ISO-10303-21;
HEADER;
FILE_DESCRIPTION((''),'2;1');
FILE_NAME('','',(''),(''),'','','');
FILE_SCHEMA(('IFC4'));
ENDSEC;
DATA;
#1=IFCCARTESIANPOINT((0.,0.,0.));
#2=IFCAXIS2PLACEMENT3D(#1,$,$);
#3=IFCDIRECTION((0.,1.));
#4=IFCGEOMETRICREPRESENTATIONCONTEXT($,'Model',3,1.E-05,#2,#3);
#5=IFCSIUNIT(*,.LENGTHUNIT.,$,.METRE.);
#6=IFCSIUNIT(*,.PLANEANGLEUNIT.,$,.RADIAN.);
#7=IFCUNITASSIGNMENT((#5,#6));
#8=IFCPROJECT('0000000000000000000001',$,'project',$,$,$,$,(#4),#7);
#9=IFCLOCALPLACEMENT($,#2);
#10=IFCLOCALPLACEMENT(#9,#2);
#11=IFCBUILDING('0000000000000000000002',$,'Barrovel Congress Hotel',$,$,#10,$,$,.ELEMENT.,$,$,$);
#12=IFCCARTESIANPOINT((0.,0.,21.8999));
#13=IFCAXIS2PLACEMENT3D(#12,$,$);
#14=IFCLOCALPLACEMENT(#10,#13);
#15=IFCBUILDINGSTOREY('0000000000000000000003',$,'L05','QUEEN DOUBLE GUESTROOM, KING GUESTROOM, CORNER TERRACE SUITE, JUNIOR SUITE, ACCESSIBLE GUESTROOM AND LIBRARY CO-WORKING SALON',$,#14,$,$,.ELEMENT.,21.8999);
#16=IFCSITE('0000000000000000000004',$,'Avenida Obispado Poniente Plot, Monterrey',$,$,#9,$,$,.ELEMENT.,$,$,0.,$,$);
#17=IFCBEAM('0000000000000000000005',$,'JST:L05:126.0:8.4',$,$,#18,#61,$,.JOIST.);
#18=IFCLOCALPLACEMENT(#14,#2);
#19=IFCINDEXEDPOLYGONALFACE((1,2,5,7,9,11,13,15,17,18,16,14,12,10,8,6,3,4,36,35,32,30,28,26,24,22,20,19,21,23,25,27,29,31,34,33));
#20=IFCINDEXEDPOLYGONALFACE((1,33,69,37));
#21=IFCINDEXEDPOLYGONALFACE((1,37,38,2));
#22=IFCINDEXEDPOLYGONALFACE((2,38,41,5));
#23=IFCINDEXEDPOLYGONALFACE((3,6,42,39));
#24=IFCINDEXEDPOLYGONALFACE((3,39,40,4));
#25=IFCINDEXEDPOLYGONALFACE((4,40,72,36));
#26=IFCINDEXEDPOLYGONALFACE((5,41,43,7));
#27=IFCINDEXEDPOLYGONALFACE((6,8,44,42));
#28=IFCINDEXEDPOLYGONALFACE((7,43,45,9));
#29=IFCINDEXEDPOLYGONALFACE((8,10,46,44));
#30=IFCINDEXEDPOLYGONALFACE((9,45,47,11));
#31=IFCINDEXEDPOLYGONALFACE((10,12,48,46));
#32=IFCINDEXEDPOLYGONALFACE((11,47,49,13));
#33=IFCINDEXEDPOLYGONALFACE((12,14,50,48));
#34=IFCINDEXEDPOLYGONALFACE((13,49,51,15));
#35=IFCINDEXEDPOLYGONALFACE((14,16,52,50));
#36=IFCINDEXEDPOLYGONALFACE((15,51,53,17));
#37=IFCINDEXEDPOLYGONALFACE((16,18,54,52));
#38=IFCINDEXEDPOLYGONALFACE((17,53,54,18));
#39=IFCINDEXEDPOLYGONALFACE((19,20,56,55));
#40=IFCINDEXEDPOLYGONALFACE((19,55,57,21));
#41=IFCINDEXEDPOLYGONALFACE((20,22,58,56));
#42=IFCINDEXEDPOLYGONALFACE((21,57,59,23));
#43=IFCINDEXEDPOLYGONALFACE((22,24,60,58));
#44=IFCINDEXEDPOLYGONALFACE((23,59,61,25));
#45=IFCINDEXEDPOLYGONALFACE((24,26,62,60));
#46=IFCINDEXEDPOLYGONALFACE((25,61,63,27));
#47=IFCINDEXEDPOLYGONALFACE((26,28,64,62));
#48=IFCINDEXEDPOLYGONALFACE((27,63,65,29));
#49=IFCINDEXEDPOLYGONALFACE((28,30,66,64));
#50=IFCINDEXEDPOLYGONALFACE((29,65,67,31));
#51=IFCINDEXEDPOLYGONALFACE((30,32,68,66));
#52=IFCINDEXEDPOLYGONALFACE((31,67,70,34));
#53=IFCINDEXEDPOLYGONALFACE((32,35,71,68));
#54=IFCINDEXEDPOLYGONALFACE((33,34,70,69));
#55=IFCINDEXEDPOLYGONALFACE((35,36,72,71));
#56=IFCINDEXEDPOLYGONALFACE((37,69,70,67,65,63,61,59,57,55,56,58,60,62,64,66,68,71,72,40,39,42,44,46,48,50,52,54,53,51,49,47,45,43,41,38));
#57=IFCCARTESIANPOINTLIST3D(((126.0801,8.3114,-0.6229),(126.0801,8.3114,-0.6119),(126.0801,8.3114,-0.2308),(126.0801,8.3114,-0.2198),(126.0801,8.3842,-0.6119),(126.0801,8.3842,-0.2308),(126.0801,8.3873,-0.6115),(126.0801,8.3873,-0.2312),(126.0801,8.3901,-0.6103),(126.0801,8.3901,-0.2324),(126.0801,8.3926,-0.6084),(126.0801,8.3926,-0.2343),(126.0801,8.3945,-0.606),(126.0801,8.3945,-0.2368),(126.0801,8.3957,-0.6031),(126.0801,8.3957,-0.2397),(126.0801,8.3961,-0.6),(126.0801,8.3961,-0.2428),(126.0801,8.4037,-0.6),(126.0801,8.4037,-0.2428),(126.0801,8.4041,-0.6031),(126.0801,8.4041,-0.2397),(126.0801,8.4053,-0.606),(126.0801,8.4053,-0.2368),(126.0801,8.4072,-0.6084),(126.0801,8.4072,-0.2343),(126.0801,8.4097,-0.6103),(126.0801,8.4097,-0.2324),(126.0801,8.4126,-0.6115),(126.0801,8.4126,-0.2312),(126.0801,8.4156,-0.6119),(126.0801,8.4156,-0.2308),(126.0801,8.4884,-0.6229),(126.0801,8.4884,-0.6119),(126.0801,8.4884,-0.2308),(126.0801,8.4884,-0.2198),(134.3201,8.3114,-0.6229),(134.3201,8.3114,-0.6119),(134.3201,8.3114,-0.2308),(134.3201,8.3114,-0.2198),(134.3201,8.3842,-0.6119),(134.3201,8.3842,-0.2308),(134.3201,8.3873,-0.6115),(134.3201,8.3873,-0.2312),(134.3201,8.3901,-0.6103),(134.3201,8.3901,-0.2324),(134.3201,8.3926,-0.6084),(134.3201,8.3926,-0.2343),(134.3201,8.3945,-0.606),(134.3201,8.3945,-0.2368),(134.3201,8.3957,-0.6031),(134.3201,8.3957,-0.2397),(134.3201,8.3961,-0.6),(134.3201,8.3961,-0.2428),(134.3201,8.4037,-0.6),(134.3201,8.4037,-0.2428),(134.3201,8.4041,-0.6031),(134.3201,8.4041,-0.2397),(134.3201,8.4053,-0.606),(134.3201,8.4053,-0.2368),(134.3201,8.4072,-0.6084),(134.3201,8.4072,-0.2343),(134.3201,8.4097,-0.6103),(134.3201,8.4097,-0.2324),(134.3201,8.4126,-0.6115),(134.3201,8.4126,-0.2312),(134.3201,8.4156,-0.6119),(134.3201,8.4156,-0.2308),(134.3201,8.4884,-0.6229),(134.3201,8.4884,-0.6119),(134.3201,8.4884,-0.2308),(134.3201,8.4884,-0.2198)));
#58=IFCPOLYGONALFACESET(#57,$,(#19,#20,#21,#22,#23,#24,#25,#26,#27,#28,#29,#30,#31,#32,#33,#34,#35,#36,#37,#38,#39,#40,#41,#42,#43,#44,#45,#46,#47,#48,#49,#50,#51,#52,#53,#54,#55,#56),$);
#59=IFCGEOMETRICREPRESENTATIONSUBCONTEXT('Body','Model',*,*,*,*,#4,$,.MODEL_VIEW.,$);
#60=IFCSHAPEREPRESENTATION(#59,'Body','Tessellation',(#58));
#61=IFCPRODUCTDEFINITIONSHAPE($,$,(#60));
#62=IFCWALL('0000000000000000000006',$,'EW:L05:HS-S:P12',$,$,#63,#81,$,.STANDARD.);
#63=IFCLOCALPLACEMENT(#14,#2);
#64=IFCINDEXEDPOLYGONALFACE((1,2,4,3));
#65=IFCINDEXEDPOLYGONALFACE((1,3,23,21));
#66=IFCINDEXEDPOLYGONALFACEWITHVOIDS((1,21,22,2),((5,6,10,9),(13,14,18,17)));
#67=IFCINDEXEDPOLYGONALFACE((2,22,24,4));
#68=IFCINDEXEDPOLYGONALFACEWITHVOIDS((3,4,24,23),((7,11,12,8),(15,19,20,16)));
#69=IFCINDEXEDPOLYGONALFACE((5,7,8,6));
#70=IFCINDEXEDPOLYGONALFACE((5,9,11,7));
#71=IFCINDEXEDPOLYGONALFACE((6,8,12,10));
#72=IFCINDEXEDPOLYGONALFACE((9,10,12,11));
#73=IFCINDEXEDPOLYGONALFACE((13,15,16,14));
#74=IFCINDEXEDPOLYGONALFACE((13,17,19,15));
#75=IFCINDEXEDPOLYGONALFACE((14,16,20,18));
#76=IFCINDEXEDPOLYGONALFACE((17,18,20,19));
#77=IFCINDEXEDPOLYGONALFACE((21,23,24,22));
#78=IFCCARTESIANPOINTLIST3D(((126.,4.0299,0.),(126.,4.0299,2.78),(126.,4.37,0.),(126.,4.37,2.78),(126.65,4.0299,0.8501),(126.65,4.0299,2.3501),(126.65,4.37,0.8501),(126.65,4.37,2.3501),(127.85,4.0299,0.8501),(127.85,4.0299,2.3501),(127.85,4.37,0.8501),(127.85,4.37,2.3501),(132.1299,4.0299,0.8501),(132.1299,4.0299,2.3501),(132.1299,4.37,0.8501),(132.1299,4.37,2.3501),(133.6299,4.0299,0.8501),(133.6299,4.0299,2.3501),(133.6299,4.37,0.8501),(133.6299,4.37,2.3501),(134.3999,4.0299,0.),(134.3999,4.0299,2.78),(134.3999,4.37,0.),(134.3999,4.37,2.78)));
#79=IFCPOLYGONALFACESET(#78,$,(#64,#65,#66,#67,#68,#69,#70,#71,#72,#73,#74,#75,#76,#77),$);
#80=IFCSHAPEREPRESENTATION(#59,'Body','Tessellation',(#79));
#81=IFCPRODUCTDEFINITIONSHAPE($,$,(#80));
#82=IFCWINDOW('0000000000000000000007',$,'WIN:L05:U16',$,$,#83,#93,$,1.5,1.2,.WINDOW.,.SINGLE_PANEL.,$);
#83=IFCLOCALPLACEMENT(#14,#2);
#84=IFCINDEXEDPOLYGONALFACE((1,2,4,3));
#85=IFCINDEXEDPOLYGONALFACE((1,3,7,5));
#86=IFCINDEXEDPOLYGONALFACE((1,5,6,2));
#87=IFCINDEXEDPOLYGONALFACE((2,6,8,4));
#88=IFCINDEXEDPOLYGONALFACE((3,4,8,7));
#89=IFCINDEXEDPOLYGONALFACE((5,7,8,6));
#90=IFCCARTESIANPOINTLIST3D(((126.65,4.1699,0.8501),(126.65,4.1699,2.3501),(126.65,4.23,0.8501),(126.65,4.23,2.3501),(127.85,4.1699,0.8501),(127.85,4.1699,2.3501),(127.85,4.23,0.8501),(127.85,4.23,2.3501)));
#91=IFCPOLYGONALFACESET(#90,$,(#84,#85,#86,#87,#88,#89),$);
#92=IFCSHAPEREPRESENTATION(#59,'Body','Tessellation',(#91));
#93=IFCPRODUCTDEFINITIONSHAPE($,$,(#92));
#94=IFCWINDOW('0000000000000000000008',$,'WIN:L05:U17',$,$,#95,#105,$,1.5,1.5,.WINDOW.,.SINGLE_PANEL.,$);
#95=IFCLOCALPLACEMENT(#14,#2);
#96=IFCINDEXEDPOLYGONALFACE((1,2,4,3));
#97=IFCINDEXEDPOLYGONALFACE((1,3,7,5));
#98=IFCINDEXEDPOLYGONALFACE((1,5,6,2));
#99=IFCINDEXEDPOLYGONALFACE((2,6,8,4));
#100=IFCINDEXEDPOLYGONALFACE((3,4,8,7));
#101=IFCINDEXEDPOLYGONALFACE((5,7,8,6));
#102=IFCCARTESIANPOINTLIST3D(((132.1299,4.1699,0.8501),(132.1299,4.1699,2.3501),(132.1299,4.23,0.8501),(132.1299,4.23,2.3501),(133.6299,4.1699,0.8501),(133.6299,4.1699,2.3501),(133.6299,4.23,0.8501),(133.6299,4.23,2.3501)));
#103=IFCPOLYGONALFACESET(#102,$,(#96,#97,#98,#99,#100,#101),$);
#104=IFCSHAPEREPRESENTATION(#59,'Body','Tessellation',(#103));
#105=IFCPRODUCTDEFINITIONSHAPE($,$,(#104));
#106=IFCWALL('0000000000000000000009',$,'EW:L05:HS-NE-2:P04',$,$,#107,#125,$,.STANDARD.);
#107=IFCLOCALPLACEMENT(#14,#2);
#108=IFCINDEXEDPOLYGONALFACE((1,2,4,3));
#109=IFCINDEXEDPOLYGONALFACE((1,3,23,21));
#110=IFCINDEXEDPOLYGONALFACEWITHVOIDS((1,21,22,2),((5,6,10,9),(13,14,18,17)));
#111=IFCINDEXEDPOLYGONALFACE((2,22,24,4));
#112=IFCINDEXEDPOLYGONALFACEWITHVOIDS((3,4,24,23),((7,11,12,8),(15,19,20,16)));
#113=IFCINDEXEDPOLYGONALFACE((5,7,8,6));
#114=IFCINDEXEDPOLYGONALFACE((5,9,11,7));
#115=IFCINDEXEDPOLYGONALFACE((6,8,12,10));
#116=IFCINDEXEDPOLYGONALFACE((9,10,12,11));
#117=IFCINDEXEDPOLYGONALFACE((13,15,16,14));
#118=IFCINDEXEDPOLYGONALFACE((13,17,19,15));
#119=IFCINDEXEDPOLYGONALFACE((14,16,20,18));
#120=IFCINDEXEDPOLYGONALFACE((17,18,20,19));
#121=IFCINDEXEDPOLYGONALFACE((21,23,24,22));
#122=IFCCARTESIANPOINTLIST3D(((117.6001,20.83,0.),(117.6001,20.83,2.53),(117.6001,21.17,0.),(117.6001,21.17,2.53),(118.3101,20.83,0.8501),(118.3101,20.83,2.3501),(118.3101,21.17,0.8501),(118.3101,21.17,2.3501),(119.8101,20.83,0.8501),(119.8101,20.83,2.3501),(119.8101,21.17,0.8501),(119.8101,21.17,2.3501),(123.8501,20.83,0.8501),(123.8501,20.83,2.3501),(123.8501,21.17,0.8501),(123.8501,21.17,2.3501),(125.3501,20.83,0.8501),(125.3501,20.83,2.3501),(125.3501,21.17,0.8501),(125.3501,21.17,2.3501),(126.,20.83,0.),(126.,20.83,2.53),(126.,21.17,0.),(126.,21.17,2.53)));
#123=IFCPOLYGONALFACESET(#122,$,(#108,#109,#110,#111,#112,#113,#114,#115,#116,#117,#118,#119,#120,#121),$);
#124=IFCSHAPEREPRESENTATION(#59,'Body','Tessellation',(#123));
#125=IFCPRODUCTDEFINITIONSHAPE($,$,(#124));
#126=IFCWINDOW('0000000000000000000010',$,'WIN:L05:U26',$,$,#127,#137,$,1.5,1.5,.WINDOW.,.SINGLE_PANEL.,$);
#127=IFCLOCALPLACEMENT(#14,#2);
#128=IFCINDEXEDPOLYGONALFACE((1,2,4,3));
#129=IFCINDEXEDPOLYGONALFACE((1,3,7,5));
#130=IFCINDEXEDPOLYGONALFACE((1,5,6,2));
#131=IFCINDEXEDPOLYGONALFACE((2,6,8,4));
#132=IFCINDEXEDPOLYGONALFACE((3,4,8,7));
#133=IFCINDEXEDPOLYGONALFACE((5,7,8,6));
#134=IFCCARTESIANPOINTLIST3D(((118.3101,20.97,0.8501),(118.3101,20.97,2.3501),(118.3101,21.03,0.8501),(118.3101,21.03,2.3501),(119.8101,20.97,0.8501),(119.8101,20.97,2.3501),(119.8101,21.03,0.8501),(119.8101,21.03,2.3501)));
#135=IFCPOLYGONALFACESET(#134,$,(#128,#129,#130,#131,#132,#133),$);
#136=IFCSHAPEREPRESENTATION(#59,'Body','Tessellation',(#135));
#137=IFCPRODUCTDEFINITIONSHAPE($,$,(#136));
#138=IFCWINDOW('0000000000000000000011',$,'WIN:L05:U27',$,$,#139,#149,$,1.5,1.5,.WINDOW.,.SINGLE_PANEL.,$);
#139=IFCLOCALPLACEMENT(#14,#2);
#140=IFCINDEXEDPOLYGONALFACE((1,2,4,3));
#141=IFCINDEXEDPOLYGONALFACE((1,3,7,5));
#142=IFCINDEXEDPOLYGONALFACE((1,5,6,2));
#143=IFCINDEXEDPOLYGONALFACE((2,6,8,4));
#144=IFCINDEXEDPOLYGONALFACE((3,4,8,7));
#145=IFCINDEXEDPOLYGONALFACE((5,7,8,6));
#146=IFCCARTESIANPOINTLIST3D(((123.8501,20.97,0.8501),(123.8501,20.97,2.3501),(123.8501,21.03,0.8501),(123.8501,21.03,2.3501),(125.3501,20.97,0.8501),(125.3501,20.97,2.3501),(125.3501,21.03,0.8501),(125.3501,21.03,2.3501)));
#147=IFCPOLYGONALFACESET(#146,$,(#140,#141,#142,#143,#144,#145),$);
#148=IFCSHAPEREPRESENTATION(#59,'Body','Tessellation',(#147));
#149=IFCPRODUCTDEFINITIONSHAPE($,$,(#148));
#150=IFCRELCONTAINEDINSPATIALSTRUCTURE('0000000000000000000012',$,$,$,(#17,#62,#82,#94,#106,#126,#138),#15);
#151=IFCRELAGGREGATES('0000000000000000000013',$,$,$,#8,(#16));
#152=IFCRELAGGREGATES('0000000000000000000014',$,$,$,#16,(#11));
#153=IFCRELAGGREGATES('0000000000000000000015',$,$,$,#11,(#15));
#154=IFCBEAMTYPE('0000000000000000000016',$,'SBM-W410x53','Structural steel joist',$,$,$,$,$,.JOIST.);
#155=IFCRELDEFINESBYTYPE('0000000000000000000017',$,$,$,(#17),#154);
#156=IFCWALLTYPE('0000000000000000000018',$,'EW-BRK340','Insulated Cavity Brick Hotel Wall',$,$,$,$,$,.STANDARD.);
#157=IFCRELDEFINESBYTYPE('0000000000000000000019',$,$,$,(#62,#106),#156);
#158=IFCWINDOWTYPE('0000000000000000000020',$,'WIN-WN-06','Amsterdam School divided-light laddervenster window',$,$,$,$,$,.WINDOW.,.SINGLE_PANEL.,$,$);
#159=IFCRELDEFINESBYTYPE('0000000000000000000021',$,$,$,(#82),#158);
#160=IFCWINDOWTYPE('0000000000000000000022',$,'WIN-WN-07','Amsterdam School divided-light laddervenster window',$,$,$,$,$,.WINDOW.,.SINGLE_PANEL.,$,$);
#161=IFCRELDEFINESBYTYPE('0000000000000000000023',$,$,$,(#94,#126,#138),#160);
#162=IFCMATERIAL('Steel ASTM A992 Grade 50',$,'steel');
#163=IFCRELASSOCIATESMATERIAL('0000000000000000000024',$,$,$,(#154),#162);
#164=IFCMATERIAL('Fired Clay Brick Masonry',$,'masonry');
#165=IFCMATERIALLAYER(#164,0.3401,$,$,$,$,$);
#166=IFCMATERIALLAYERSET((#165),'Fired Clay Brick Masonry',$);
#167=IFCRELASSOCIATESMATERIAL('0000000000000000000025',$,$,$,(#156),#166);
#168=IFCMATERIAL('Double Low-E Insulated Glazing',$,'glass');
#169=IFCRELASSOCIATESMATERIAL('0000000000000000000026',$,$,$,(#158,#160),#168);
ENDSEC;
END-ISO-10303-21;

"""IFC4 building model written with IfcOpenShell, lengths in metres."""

from ifc_helpers import new_model, si_unit, direction, frame, frame_2d, origin, origin_2d, place, context, subcontext, project, spatial, rectangle, i_section, extrude, material, layer, layer_set, material_profile, profile_set, type_object, element, fill, save


model = new_model("IFC4")

# Units and contexts
model_context = context("Model", 3, precision=1e-05, world=origin(), true_north=direction((0.0, 1.0)))
body_context = subcontext(model_context, "Body", "Model", "MODEL_VIEW")
ifc_project = project(units=[si_unit("LENGTHUNIT", "METRE"), si_unit("PLANEANGLEUNIT", "RADIAN")], contexts=[model_context])

# Site, building, storey
site_placement = place(None, origin())
site = spatial("IfcSite", under=ifc_project, at=site_placement, Name="Avenida Obispado Poniente Plot, Monterrey", CompositionType="ELEMENT", RefElevation=0.0)
building_placement = place(site_placement, origin())
building = spatial("IfcBuilding", under=site, at=building_placement, Name="Barrovel Congress Hotel", CompositionType="ELEMENT")
storey_placement = place(building_placement, frame((0.0, 0.0, 21.8999)))
storey = spatial("IfcBuildingStorey", under=building, at=storey_placement, Name="L05", Description="QUEEN DOUBLE GUESTROOM, KING GUESTROOM, CORNER TERRACE SUITE, JUNIOR SUITE, ACCESSIBLE GUESTROOM AND LIBRARY CO-WORKING SALON", CompositionType="ELEMENT", Elevation=21.8999)

# Beam
ifc_material_1 = material(Name="Steel ASTM A992 Grade 50", Category="steel")
ifc_material_profile_1 = material_profile(ifc_material_1, i_section(OverallWidth=0.177, OverallDepth=0.4031, WebThickness=0.0076, FlangeThickness=0.011, FilletRadius=0.012, at=origin_2d()), Name="W410x53")
ifc_profile_set_1 = profile_set([ifc_material_profile_1], Name="Steel ASTM A992 Grade 50")
beam_type_1 = type_object("IfcBeamType", Name="SBM-W410x53", Description="Structural steel joist", PredefinedType="JOIST", material=ifc_profile_set_1)
beam_1_placement = place(storey_placement, frame((126.0801, 8.3999, -0.4214), z_axis=(1.0, 0.0, 0.0), x_axis=(0.0, 1.0, 0.0)))
element("IfcBeam", 1, at=beam_1_placement, inside=storey, type_object=beam_type_1, Name="JST:L05:126.0:8.4", PredefinedType="JOIST", context=body_context, shape_type="SweptSolid", body=[
    extrude(i_section(OverallWidth=0.177, OverallDepth=0.4031, WebThickness=0.0076, FlangeThickness=0.011, FilletRadius=0.012, at=origin_2d()), origin(), (0.0, 0.0, 1.0), 8.24),
])

# Walls, openings, windows
ifc_material_2 = material(Name="Fired Clay Brick Masonry", Category="masonry")
ifc_layer_1 = layer(ifc_material_2, 0.3401)
ifc_layer_set_1 = layer_set([ifc_layer_1], Name="Fired Clay Brick Masonry")
wall_type_1 = type_object("IfcWallType", Name="EW-BRK340", Description="Insulated Cavity Brick Hotel Wall", PredefinedType="STANDARD", material=ifc_layer_set_1)
wall_1_placement = place(storey_placement, frame((126.0, 4.2, 0.0), z_axis=(0.0, 0.0, 1.0), x_axis=(1.0, 0.0, 0.0)))
wall_1 = element("IfcWall", 2, at=wall_1_placement, inside=storey, type_object=wall_type_1, Name="EW:L05:HS-S:P12", PredefinedType="STANDARD", context=body_context, shape_type="SweptSolid", body=[
    extrude(rectangle(XDim=8.3999, YDim=0.3401, at=frame_2d((4.2, 0.0))), origin(), (0.0, 0.0, 1.0), 2.78),
])
opening_1_placement = place(wall_1_placement, frame((0.6499, 0.0, 0.8501)))
opening_1 = element("IfcOpeningElement", 3, at=opening_1_placement, cuts=wall_1, PredefinedType="OPENING", context=body_context, shape_type="SweptSolid", body=[
    extrude(rectangle(XDim=1.2, YDim=1.5, at=frame_2d((0.6001, 0.75))), frame((0.0, 0.1802, 0.0), z_axis=(0.0, -1.0, 0.0), x_axis=(1.0, 0.0, 0.0)), (0.0, 0.0, 1.0), 0.3601),
])
opening_2_placement = place(wall_1_placement, frame((6.1299, 0.0, 0.8501)))
opening_2 = element("IfcOpeningElement", 4, at=opening_2_placement, cuts=wall_1, PredefinedType="OPENING", context=body_context, shape_type="SweptSolid", body=[
    extrude(rectangle(XDim=1.5, YDim=1.5, at=frame_2d((0.75, 0.75))), frame((0.0, 0.1802, 0.0), z_axis=(0.0, -1.0, 0.0), x_axis=(1.0, 0.0, 0.0)), (0.0, 0.0, 1.0), 0.3601),
])
ifc_material_3 = material(Name="Double Low-E Insulated Glazing", Category="glass")
window_type_1 = type_object("IfcWindowType", Name="WIN-WN-06", Description="Amsterdam School divided-light laddervenster window", PartitioningType="SINGLE_PANEL", PredefinedType="WINDOW", material=ifc_material_3)
window_1_placement = place(opening_1_placement, origin())
window_1 = element("IfcWindow", 5, at=window_1_placement, inside=storey, type_object=window_type_1, Name="WIN:L05:U16", OverallHeight=1.5, OverallWidth=1.2, PartitioningType="SINGLE_PANEL", PredefinedType="WINDOW", context=body_context, shape_type="SweptSolid", body=[
    extrude(rectangle(XDim=1.2, YDim=1.5, at=frame_2d((0.6001, 0.75))), frame((0.0, 0.03, 0.0), z_axis=(0.0, -1.0, 0.0), x_axis=(1.0, 0.0, 0.0)), (0.0, 0.0, 1.0), 0.0601),
])
fill(opening_1, window_1)
window_type_2 = type_object("IfcWindowType", Name="WIN-WN-07", Description="Amsterdam School divided-light laddervenster window", PartitioningType="SINGLE_PANEL", PredefinedType="WINDOW", material=ifc_material_3)
window_2_placement = place(opening_2_placement, origin())
window_2 = element("IfcWindow", 6, at=window_2_placement, inside=storey, type_object=window_type_2, Name="WIN:L05:U17", OverallHeight=1.5, OverallWidth=1.5, PartitioningType="SINGLE_PANEL", PredefinedType="WINDOW", context=body_context, shape_type="SweptSolid", body=[
    extrude(rectangle(XDim=1.5, YDim=1.5, at=frame_2d((0.75, 0.75))), frame((0.0, 0.03, 0.0), z_axis=(0.0, -1.0, 0.0), x_axis=(1.0, 0.0, 0.0)), (0.0, 0.0, 1.0), 0.0601),
])
fill(opening_2, window_2)
wall_2_placement = place(storey_placement, frame((126.0, 21.0, 0.0), z_axis=(0.0, 0.0, 1.0), x_axis=(-1.0, 0.0, 0.0)))
wall_2 = element("IfcWall", 7, at=wall_2_placement, inside=storey, type_object=wall_type_1, Name="EW:L05:HS-NE-2:P04", PredefinedType="STANDARD", context=body_context, shape_type="SweptSolid", body=[
    extrude(rectangle(XDim=8.3999, YDim=0.3401, at=frame_2d((4.2, 0.0))), origin(), (0.0, 0.0, 1.0), 2.53),
])
opening_3_placement = place(wall_2_placement, frame((6.1899, 0.0, 0.8501)))
opening_3 = element("IfcOpeningElement", 8, at=opening_3_placement, cuts=wall_2, PredefinedType="OPENING", context=body_context, shape_type="SweptSolid", body=[
    extrude(rectangle(XDim=1.5, YDim=1.5, at=frame_2d((0.75, 0.75))), frame((0.0, 0.1802, 0.0), z_axis=(0.0, -1.0, 0.0), x_axis=(1.0, 0.0, 0.0)), (0.0, 0.0, 1.0), 0.3601),
])
opening_4_placement = place(wall_2_placement, frame((0.6499, 0.0, 0.8501)))
opening_4 = element("IfcOpeningElement", 9, at=opening_4_placement, cuts=wall_2, PredefinedType="OPENING", context=body_context, shape_type="SweptSolid", body=[
    extrude(rectangle(XDim=1.5, YDim=1.5, at=frame_2d((0.75, 0.75))), frame((0.0, 0.1802, 0.0), z_axis=(0.0, -1.0, 0.0), x_axis=(1.0, 0.0, 0.0)), (0.0, 0.0, 1.0), 0.3601),
])
window_3_placement = place(opening_3_placement, origin())
window_3 = element("IfcWindow", 10, at=window_3_placement, inside=storey, type_object=window_type_2, Name="WIN:L05:U26", OverallHeight=1.5, OverallWidth=1.5, PartitioningType="SINGLE_PANEL", PredefinedType="WINDOW", context=body_context, shape_type="SweptSolid", body=[
    extrude(rectangle(XDim=1.5, YDim=1.5, at=frame_2d((0.75, 0.75))), frame((0.0, 0.03, 0.0), z_axis=(0.0, -1.0, 0.0), x_axis=(1.0, 0.0, 0.0)), (0.0, 0.0, 1.0), 0.0601),
])
fill(opening_3, window_3)
window_4_placement = place(opening_4_placement, origin())
window_4 = element("IfcWindow", 11, at=window_4_placement, inside=storey, type_object=window_type_2, Name="WIN:L05:U27", OverallHeight=1.5, OverallWidth=1.5, PartitioningType="SINGLE_PANEL", PredefinedType="WINDOW", context=body_context, shape_type="SweptSolid", body=[
    extrude(rectangle(XDim=1.5, YDim=1.5, at=frame_2d((0.75, 0.75))), frame((0.0, 0.03, 0.0), z_axis=(0.0, -1.0, 0.0), x_axis=(1.0, 0.0, 0.0)), (0.0, 0.0, 1.0), 0.0601),
])
fill(opening_4, window_4)

save(model, "model.ifc")
